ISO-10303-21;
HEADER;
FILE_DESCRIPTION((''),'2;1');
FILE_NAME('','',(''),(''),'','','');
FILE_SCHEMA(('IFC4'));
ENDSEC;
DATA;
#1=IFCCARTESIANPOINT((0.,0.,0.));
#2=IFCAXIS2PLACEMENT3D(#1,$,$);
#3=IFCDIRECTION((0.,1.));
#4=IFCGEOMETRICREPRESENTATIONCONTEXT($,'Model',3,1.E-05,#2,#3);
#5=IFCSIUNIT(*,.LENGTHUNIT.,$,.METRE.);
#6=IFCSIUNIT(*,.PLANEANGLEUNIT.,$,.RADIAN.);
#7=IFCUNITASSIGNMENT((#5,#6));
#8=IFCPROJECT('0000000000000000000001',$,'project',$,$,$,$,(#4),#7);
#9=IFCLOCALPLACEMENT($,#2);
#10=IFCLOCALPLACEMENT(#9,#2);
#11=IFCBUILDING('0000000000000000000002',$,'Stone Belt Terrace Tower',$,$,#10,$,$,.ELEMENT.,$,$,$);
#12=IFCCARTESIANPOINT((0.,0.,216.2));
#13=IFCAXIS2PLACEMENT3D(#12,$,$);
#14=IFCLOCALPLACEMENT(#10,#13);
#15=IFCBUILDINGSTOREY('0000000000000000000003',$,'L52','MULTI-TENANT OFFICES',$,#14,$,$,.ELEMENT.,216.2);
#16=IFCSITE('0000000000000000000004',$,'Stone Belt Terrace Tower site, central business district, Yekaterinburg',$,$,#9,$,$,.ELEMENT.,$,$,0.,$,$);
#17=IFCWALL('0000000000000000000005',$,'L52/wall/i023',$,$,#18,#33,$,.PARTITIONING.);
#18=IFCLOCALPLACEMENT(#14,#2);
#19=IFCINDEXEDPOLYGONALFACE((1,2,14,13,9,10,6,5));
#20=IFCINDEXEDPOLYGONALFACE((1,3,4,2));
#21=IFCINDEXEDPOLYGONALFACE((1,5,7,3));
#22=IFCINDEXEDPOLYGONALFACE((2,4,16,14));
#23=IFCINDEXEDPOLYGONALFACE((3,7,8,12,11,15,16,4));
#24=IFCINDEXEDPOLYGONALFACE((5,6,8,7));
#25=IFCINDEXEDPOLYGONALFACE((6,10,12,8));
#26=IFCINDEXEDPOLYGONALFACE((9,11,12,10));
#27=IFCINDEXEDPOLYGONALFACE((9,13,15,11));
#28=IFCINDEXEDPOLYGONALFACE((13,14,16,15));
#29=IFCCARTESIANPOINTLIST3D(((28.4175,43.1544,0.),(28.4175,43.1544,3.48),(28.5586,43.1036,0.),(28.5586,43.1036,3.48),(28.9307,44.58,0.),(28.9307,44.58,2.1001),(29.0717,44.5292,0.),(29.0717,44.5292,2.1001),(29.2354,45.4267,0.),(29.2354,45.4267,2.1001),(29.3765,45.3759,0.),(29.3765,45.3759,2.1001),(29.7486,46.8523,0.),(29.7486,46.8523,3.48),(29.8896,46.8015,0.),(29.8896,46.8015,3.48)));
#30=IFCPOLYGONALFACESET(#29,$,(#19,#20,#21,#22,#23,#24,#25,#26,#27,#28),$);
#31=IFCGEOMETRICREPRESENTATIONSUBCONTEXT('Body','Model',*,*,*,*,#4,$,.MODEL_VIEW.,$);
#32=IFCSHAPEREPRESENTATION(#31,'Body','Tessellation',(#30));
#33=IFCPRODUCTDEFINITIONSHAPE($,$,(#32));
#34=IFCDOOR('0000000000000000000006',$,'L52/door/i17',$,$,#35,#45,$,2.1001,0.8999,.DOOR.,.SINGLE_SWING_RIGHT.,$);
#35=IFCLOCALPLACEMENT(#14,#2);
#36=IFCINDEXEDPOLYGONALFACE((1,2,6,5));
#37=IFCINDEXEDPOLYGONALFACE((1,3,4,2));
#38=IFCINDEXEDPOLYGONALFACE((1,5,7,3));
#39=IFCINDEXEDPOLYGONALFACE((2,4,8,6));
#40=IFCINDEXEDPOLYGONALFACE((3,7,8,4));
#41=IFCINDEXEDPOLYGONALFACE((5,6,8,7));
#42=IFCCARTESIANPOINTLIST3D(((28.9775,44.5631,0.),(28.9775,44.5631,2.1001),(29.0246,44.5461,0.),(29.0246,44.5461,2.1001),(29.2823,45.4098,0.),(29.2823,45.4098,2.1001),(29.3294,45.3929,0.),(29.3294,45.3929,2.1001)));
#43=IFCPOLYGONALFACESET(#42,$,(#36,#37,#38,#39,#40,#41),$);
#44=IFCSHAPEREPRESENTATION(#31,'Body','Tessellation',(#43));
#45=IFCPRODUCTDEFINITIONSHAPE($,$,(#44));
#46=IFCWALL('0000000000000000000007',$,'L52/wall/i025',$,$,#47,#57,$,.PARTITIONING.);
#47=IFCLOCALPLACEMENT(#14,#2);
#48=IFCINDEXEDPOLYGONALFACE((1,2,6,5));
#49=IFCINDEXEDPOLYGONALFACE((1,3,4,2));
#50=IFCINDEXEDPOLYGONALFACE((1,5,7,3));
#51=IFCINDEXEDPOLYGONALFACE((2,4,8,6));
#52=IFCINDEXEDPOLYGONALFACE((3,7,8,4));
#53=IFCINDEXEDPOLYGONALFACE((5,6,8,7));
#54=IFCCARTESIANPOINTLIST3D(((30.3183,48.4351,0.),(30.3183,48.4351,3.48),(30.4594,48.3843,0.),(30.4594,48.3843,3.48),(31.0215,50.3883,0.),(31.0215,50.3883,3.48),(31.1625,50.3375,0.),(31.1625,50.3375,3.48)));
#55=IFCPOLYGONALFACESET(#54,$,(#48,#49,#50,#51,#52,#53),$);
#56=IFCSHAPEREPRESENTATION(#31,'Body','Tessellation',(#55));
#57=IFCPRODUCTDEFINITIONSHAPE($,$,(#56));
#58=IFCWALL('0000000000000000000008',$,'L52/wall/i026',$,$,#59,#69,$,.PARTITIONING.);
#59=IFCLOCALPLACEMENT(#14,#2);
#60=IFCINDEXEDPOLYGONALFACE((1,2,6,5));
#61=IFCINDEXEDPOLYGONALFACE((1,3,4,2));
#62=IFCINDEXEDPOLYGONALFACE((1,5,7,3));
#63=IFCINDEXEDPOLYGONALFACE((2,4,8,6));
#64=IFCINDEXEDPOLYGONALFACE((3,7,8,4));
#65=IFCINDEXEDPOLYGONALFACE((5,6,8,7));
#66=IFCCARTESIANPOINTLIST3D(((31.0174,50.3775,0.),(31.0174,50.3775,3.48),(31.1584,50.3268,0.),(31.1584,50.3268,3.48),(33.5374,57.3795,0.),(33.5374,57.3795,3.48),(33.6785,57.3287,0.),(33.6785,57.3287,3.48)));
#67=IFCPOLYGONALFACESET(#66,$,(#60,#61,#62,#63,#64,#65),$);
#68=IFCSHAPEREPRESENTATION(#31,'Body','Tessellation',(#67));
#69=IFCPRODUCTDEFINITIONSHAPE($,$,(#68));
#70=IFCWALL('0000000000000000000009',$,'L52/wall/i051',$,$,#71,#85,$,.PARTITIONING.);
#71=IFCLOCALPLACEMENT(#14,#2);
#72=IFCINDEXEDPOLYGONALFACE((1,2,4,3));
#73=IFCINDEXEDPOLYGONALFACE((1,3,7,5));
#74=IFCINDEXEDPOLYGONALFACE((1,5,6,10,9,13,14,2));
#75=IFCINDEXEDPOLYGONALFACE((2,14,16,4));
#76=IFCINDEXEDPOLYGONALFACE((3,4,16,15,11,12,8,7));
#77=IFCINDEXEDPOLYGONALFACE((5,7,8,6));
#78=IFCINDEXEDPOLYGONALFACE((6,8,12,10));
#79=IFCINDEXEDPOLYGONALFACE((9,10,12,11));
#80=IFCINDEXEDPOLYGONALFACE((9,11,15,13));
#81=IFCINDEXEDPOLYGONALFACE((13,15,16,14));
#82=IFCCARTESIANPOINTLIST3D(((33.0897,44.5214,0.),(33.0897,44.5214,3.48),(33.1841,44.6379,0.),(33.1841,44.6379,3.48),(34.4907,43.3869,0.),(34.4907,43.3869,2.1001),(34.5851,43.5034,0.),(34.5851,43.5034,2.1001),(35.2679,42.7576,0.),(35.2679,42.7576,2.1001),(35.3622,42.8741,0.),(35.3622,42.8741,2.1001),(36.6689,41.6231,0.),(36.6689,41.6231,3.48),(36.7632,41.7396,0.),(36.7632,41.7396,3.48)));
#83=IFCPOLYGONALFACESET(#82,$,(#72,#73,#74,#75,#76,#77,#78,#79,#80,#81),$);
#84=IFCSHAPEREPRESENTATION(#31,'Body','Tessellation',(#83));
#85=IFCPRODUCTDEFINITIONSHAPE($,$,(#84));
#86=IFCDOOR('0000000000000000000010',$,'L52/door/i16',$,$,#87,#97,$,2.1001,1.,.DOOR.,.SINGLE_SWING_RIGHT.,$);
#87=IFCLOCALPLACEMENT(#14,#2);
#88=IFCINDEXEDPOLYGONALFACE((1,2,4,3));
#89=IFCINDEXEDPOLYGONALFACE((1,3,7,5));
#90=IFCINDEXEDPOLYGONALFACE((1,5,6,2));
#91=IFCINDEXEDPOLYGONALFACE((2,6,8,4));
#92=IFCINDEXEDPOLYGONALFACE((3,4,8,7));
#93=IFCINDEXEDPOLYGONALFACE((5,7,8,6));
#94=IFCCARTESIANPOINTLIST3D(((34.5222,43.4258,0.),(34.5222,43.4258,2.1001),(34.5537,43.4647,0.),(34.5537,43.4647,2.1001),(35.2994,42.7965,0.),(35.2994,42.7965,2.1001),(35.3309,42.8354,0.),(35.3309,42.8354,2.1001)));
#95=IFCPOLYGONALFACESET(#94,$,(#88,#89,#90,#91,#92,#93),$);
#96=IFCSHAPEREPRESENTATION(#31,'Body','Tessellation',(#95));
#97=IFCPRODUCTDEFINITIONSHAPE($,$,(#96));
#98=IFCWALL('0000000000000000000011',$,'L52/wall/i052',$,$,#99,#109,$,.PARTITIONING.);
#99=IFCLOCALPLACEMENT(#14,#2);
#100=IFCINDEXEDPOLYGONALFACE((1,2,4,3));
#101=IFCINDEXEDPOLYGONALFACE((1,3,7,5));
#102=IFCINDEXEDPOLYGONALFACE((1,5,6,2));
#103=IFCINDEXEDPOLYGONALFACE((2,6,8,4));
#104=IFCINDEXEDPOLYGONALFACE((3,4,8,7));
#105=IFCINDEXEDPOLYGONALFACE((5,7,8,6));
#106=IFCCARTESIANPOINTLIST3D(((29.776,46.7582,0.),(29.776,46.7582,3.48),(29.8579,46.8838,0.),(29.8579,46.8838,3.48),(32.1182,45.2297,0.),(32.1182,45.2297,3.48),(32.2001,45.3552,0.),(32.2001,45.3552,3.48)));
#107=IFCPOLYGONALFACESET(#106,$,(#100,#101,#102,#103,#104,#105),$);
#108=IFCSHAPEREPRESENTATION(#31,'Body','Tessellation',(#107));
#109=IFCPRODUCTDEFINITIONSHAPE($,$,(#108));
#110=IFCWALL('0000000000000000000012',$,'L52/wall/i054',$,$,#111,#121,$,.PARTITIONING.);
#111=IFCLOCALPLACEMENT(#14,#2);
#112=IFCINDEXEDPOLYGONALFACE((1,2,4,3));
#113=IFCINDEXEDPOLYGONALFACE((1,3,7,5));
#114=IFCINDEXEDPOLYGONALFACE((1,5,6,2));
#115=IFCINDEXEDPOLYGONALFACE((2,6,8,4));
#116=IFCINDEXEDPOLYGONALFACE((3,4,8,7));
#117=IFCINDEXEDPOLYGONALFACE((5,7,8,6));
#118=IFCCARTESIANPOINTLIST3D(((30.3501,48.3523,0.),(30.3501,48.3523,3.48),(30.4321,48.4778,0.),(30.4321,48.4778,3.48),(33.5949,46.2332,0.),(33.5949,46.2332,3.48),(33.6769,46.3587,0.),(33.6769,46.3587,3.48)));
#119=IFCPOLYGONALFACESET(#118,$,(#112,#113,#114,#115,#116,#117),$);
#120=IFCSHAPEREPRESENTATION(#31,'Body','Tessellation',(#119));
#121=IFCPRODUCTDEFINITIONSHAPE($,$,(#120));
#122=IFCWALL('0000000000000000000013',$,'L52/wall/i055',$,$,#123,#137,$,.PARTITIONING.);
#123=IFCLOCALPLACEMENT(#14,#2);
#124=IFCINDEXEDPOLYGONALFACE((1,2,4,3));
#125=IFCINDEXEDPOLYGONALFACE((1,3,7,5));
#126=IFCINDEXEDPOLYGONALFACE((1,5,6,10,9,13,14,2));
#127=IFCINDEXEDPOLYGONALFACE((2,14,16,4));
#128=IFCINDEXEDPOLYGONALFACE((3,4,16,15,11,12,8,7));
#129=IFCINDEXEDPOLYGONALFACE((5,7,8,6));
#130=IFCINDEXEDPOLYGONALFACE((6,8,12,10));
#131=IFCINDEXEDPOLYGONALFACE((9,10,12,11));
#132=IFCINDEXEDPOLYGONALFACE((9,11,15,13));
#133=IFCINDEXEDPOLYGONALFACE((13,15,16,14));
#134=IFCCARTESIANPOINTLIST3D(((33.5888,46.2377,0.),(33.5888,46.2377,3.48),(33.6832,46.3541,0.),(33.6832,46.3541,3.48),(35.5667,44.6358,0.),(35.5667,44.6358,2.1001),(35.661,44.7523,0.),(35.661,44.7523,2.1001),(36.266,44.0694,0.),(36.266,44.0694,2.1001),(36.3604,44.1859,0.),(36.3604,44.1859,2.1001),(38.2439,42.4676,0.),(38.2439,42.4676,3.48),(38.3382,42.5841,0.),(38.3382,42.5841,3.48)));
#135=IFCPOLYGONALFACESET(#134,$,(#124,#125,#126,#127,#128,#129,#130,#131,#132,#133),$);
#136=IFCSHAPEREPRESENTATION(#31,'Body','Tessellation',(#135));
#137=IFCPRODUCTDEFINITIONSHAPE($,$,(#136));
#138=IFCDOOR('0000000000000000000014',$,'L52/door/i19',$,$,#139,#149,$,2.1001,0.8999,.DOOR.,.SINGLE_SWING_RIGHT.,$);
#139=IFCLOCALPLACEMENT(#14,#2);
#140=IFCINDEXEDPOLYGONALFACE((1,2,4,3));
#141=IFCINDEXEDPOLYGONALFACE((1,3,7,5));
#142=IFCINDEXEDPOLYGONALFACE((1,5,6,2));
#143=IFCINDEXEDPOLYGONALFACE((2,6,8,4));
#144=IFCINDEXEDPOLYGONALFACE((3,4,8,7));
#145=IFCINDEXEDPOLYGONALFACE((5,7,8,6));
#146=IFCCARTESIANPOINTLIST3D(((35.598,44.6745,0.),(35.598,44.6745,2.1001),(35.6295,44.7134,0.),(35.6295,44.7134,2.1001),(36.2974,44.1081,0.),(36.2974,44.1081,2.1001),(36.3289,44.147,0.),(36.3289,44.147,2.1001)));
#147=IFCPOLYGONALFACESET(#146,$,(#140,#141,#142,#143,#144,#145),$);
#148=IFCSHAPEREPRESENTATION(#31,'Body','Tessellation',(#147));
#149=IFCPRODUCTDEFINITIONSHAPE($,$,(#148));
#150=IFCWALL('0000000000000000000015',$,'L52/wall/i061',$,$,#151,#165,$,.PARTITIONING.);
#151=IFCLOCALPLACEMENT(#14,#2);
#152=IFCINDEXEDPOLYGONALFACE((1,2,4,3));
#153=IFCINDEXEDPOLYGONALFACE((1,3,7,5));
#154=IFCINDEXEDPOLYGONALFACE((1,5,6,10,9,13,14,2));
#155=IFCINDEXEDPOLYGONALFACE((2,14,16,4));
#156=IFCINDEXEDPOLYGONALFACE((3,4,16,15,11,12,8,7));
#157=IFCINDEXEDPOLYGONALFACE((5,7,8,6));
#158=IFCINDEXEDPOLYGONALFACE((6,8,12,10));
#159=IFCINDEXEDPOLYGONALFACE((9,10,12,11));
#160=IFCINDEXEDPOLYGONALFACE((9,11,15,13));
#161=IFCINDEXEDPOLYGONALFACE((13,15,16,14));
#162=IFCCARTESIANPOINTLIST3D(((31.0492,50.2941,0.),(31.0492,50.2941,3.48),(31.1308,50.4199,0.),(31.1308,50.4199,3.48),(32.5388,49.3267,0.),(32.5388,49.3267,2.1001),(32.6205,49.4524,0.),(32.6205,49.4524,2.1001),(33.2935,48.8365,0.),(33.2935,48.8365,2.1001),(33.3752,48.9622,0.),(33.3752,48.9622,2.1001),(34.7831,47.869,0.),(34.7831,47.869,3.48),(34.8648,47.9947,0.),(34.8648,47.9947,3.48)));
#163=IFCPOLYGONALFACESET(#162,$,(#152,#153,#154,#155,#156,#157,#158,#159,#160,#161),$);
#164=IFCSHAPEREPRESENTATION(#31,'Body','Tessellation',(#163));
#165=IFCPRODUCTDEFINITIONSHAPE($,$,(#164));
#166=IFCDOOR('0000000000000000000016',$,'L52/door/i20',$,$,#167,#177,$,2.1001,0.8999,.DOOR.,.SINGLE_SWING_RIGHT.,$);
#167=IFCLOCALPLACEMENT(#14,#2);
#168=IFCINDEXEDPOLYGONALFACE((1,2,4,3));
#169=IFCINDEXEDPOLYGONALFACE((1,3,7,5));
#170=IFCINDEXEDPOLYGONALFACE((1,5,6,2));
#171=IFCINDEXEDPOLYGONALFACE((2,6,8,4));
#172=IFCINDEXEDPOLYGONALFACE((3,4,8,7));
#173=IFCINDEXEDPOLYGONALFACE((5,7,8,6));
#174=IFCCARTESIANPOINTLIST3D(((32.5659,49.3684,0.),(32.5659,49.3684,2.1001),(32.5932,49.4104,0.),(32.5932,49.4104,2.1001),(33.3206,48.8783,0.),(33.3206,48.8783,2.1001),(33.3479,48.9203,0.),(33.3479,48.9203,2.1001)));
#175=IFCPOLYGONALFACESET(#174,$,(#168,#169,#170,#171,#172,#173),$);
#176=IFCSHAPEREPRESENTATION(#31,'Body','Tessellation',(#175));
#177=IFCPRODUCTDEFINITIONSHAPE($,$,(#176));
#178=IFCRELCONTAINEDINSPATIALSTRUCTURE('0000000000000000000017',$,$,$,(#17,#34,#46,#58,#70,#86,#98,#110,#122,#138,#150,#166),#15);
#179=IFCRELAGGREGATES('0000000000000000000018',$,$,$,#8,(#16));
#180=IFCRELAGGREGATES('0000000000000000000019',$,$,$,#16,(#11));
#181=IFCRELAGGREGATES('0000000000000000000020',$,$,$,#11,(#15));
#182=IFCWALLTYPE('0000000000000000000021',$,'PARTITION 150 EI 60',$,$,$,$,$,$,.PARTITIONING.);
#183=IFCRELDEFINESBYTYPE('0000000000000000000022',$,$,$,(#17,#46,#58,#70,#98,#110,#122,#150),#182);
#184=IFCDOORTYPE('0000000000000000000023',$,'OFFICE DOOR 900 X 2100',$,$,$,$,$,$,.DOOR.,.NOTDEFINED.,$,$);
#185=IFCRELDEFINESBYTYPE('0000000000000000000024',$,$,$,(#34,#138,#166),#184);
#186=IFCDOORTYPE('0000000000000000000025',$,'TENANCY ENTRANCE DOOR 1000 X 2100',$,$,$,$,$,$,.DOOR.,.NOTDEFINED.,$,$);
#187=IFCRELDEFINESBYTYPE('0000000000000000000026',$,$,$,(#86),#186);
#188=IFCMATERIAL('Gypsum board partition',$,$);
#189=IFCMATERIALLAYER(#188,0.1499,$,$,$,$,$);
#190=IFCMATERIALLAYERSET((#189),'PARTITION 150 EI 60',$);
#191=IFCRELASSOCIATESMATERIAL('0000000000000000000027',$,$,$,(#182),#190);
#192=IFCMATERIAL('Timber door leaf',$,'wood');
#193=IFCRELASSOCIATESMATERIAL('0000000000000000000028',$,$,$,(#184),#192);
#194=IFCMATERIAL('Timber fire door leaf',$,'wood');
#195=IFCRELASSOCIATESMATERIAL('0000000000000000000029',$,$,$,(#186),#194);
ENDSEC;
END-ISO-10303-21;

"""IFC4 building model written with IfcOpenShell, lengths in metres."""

from ifc_helpers import new_model, si_unit, direction, frame, frame_2d, origin, place, context, subcontext, project, spatial, rectangle, extrude, material, layer, layer_set, type_object, element, fill, save


model = new_model("IFC4")

# Units and contexts
model_context = context("Model", 3, precision=1e-05, world=origin(), true_north=direction((0.0, 1.0)))
body_context = subcontext(model_context, "Body", "Model", "MODEL_VIEW")
ifc_project = project(units=[si_unit("LENGTHUNIT", "METRE"), si_unit("PLANEANGLEUNIT", "RADIAN")], contexts=[model_context])

# Site, building, storey
site_placement = place(None, origin())
site = spatial("IfcSite", under=ifc_project, at=site_placement, Name="Stone Belt Terrace Tower site, central business district, Yekaterinburg", CompositionType="ELEMENT", RefElevation=0.0)
building_placement = place(site_placement, origin())
building = spatial("IfcBuilding", under=site, at=building_placement, Name="Stone Belt Terrace Tower", CompositionType="ELEMENT")
storey_placement = place(building_placement, frame((0.0, 0.0, 216.2)))
storey = spatial("IfcBuildingStorey", under=building, at=storey_placement, Name="L52", Description="MULTI-TENANT OFFICES", CompositionType="ELEMENT", Elevation=216.2)

# Shared definitions
ifc_material_1 = material(Name="Gypsum board partition")

# Wall, opening, door
ifc_layer_1 = layer(ifc_material_1, 0.1499)
ifc_layer_set_1 = layer_set([ifc_layer_1], Name="PARTITION 150 EI 60")
wall_type_1 = type_object("IfcWallType", Name="PARTITION 150 EI 60", PredefinedType="PARTITIONING", material=ifc_layer_set_1)
ifc_material_2 = material(Name="Timber door leaf", Category="wood")
door_type_1 = type_object("IfcDoorType", Name="OFFICE DOOR 900 X 2100", OperationType="NOTDEFINED", PredefinedType="DOOR", material=ifc_material_2)
wall_1_placement = place(storey_placement, frame((29.8191, 46.8269, 0.0), z_axis=(0.0, 0.0, 1.0), x_axis=(-0.338669, -0.940906, 0.0)))
wall_1 = element("IfcWall", 1, at=wall_1_placement, inside=storey, type_object=wall_type_1, Name="L52/wall/i023", PredefinedType="PARTITIONING", context=body_context, shape_type="SweptSolid", body=[
    extrude(rectangle(XDim=3.9302, YDim=0.1499, at=frame_2d((1.9651, 0.0))), origin(), (0.0, 0.0, 1.0), 3.48),
])
opening_1_placement = place(wall_1_placement, frame((1.5151, 0.0, 0.0)))
opening_1 = element("IfcOpeningElement", 2, at=opening_1_placement, cuts=wall_1, PredefinedType="OPENING", context=body_context, shape_type="SweptSolid", body=[
    extrude(rectangle(XDim=0.8999, YDim=2.1001, at=frame_2d((0.45, 1.05))), frame((0.0, 0.085, 0.0), z_axis=(0.0, -1.0, 0.0), x_axis=(1.0, 0.0, 0.0)), (0.0, 0.0, 1.0), 0.1699),
])
door_1_placement = place(opening_1_placement, origin())
door_1 = element("IfcDoor", 3, at=door_1_placement, inside=storey, type_object=door_type_1, Name="L52/door/i17", OperationType="SINGLE_SWING_RIGHT", OverallHeight=2.1001, OverallWidth=0.8999, PredefinedType="DOOR", context=body_context, shape_type="SweptSolid", body=[
    extrude(rectangle(XDim=0.8999, YDim=2.1001, at=frame_2d((0.45, 1.05))), frame((0.0, 0.0249, 0.0), z_axis=(0.0, -1.0, 0.0), x_axis=(1.0, 0.0, 0.0)), (0.0, 0.0, 1.0), 0.05),
])
fill(opening_1, door_1)

# Walls
wall_2_placement = place(storey_placement, frame((31.092, 50.363, 0.0), z_axis=(0.0, 0.0, 1.0), x_axis=(-0.338719, -0.940887, 0.0)))
element("IfcWall", 4, at=wall_2_placement, inside=storey, type_object=wall_type_1, Name="L52/wall/i025", PredefinedType="PARTITIONING", context=body_context, shape_type="SweptSolid", body=[
    extrude(rectangle(XDim=2.0759, YDim=0.1499, at=frame_2d((1.0381, 0.0))), origin(), (0.0, 0.0, 1.0), 3.48),
])
wall_3_placement = place(storey_placement, frame((33.6079, 57.354, 0.0), z_axis=(0.0, 0.0, 1.0), x_axis=(-0.338638, -0.940917, 0.0)))
element("IfcWall", 5, at=wall_3_placement, inside=storey, type_object=wall_type_1, Name="L52/wall/i026", PredefinedType="PARTITIONING", context=body_context, shape_type="SweptSolid", body=[
    extrude(rectangle(XDim=7.4417, YDim=0.1499, at=frame_2d((3.7207, 0.0))), origin(), (0.0, 0.0, 1.0), 3.48),
])

# Wall, opening, door
wall_4_placement = place(storey_placement, frame((36.7161, 41.6814, 0.0), z_axis=(0.0, 0.0, 1.0), x_axis=(-0.777157, 0.629306, 0.0)))
wall_4 = element("IfcWall", 6, at=wall_4_placement, inside=storey, type_object=wall_type_1, Name="L52/wall/i051", PredefinedType="PARTITIONING", context=body_context, shape_type="SweptSolid", body=[
    extrude(rectangle(XDim=4.6055, YDim=0.1499, at=frame_2d((2.3027, 0.0))), origin(), (0.0, 0.0, 1.0), 3.48),
])
opening_2_placement = place(wall_4_placement, frame((1.8027, 0.0, 0.0)))
opening_2 = element("IfcOpeningElement", 7, at=opening_2_placement, cuts=wall_4, PredefinedType="OPENING", context=body_context, shape_type="SweptSolid", body=[
    extrude(rectangle(XDim=1.0, YDim=2.1001, at=frame_2d((0.5, 1.05))), frame((0.0, 0.085, 0.0), z_axis=(0.0, -1.0, 0.0), x_axis=(1.0, 0.0, 0.0)), (0.0, 0.0, 1.0), 0.1699),
])
ifc_material_3 = material(Name="Timber fire door leaf", Category="wood")
door_type_2 = type_object("IfcDoorType", Name="TENANCY ENTRANCE DOOR 1000 X 2100", OperationType="NOTDEFINED", PredefinedType="DOOR", material=ifc_material_3)
door_2_placement = place(opening_2_placement, origin())
door_2 = element("IfcDoor", 8, at=door_2_placement, inside=storey, type_object=door_type_2, Name="L52/door/i16", OperationType="SINGLE_SWING_RIGHT", OverallHeight=2.1001, OverallWidth=1.0, PredefinedType="DOOR", context=body_context, shape_type="SweptSolid", body=[
    extrude(rectangle(XDim=1.0, YDim=2.1001, at=frame_2d((0.5, 1.05))), frame((0.0, 0.0249, 0.0), z_axis=(0.0, -1.0, 0.0), x_axis=(1.0, 0.0, 0.0)), (0.0, 0.0, 1.0), 0.05),
])
fill(opening_2, door_2)

# Walls
wall_5_placement = place(storey_placement, frame((32.1592, 45.2925, 0.0), z_axis=(0.0, 0.0, 1.0), x_axis=(-0.837449, 0.546515, 0.0)))
element("IfcWall", 9, at=wall_5_placement, inside=storey, type_object=wall_type_1, Name="L52/wall/i052", PredefinedType="PARTITIONING", context=body_context, shape_type="SweptSolid", body=[
    extrude(rectangle(XDim=2.7969, YDim=0.1499, at=frame_2d((1.3984, 0.0))), origin(), (0.0, 0.0, 1.0), 3.48),
])
wall_6_placement = place(storey_placement, frame((30.3911, 48.415, 0.0), z_axis=(0.0, 0.0, 1.0), x_axis=(0.837266, -0.546796, 0.0)))
element("IfcWall", 10, at=wall_6_placement, inside=storey, type_object=wall_type_1, Name="L52/wall/i054", PredefinedType="PARTITIONING", context=body_context, shape_type="SweptSolid", body=[
    extrude(rectangle(XDim=3.8755, YDim=0.1499, at=frame_2d((1.9377, 0.0))), origin(), (0.0, 0.0, 1.0), 3.48),
])

# Walls, openings, doors
wall_7_placement = place(storey_placement, frame((33.636, 46.2959, 0.0), z_axis=(0.0, 0.0, 1.0), x_axis=(0.777109, -0.629366, 0.0)))
wall_7 = element("IfcWall", 11, at=wall_7_placement, inside=storey, type_object=wall_type_1, Name="L52/wall/i055", PredefinedType="PARTITIONING", context=body_context, shape_type="SweptSolid", body=[
    extrude(rectangle(XDim=5.9902, YDim=0.1499, at=frame_2d((2.9951, 0.0))), origin(), (0.0, 0.0, 1.0), 3.48),
])
opening_3_placement = place(wall_7_placement, frame((2.5452, 0.0, 0.0)))
opening_3 = element("IfcOpeningElement", 12, at=opening_3_placement, cuts=wall_7, PredefinedType="OPENING", context=body_context, shape_type="SweptSolid", body=[
    extrude(rectangle(XDim=0.8999, YDim=2.1001, at=frame_2d((0.45, 1.05))), frame((0.0, 0.085, 0.0), z_axis=(0.0, -1.0, 0.0), x_axis=(1.0, 0.0, 0.0)), (0.0, 0.0, 1.0), 0.1699),
])
door_3_placement = place(opening_3_placement, origin())
door_3 = element("IfcDoor", 13, at=door_3_placement, inside=storey, type_object=door_type_1, Name="L52/door/i19", OperationType="SINGLE_SWING_RIGHT", OverallHeight=2.1001, OverallWidth=0.8999, PredefinedType="DOOR", context=body_context, shape_type="SweptSolid", body=[
    extrude(rectangle(XDim=0.8999, YDim=2.1001, at=frame_2d((0.45, 1.05))), frame((0.0, 0.0249, 0.0), z_axis=(0.0, -1.0, 0.0), x_axis=(1.0, 0.0, 0.0)), (0.0, 0.0, 1.0), 0.05),
])
fill(opening_3, door_3)
wall_8_placement = place(storey_placement, frame((31.0901, 50.3569, 0.0), z_axis=(0.0, 0.0, 1.0), x_axis=(0.838647, -0.544676, 0.0)))
wall_8 = element("IfcWall", 14, at=wall_8_placement, inside=storey, type_object=wall_type_1, Name="L52/wall/i061", PredefinedType="PARTITIONING", context=body_context, shape_type="SweptSolid", body=[
    extrude(rectangle(XDim=4.4524, YDim=0.1499, at=frame_2d((2.2261, 0.0))), origin(), (0.0, 0.0, 1.0), 3.48),
])
opening_4_placement = place(wall_8_placement, frame((1.7761, 0.0, 0.0)))
opening_4 = element("IfcOpeningElement", 15, at=opening_4_placement, cuts=wall_8, PredefinedType="OPENING", context=body_context, shape_type="SweptSolid", body=[
    extrude(rectangle(XDim=0.8999, YDim=2.1001, at=frame_2d((0.45, 1.05))), frame((0.0, 0.085, 0.0), z_axis=(0.0, -1.0, 0.0), x_axis=(1.0, 0.0, 0.0)), (0.0, 0.0, 1.0), 0.1699),
])
door_4_placement = place(opening_4_placement, origin())
door_4 = element("IfcDoor", 16, at=door_4_placement, inside=storey, type_object=door_type_1, Name="L52/door/i20", OperationType="SINGLE_SWING_RIGHT", OverallHeight=2.1001, OverallWidth=0.8999, PredefinedType="DOOR", context=body_context, shape_type="SweptSolid", body=[
    extrude(rectangle(XDim=0.8999, YDim=2.1001, at=frame_2d((0.45, 1.05))), frame((0.0, 0.0249, 0.0), z_axis=(0.0, -1.0, 0.0), x_axis=(1.0, 0.0, 0.0)), (0.0, 0.0, 1.0), 0.05),
])
fill(opening_4, door_4)

save(model, "model.ifc")
